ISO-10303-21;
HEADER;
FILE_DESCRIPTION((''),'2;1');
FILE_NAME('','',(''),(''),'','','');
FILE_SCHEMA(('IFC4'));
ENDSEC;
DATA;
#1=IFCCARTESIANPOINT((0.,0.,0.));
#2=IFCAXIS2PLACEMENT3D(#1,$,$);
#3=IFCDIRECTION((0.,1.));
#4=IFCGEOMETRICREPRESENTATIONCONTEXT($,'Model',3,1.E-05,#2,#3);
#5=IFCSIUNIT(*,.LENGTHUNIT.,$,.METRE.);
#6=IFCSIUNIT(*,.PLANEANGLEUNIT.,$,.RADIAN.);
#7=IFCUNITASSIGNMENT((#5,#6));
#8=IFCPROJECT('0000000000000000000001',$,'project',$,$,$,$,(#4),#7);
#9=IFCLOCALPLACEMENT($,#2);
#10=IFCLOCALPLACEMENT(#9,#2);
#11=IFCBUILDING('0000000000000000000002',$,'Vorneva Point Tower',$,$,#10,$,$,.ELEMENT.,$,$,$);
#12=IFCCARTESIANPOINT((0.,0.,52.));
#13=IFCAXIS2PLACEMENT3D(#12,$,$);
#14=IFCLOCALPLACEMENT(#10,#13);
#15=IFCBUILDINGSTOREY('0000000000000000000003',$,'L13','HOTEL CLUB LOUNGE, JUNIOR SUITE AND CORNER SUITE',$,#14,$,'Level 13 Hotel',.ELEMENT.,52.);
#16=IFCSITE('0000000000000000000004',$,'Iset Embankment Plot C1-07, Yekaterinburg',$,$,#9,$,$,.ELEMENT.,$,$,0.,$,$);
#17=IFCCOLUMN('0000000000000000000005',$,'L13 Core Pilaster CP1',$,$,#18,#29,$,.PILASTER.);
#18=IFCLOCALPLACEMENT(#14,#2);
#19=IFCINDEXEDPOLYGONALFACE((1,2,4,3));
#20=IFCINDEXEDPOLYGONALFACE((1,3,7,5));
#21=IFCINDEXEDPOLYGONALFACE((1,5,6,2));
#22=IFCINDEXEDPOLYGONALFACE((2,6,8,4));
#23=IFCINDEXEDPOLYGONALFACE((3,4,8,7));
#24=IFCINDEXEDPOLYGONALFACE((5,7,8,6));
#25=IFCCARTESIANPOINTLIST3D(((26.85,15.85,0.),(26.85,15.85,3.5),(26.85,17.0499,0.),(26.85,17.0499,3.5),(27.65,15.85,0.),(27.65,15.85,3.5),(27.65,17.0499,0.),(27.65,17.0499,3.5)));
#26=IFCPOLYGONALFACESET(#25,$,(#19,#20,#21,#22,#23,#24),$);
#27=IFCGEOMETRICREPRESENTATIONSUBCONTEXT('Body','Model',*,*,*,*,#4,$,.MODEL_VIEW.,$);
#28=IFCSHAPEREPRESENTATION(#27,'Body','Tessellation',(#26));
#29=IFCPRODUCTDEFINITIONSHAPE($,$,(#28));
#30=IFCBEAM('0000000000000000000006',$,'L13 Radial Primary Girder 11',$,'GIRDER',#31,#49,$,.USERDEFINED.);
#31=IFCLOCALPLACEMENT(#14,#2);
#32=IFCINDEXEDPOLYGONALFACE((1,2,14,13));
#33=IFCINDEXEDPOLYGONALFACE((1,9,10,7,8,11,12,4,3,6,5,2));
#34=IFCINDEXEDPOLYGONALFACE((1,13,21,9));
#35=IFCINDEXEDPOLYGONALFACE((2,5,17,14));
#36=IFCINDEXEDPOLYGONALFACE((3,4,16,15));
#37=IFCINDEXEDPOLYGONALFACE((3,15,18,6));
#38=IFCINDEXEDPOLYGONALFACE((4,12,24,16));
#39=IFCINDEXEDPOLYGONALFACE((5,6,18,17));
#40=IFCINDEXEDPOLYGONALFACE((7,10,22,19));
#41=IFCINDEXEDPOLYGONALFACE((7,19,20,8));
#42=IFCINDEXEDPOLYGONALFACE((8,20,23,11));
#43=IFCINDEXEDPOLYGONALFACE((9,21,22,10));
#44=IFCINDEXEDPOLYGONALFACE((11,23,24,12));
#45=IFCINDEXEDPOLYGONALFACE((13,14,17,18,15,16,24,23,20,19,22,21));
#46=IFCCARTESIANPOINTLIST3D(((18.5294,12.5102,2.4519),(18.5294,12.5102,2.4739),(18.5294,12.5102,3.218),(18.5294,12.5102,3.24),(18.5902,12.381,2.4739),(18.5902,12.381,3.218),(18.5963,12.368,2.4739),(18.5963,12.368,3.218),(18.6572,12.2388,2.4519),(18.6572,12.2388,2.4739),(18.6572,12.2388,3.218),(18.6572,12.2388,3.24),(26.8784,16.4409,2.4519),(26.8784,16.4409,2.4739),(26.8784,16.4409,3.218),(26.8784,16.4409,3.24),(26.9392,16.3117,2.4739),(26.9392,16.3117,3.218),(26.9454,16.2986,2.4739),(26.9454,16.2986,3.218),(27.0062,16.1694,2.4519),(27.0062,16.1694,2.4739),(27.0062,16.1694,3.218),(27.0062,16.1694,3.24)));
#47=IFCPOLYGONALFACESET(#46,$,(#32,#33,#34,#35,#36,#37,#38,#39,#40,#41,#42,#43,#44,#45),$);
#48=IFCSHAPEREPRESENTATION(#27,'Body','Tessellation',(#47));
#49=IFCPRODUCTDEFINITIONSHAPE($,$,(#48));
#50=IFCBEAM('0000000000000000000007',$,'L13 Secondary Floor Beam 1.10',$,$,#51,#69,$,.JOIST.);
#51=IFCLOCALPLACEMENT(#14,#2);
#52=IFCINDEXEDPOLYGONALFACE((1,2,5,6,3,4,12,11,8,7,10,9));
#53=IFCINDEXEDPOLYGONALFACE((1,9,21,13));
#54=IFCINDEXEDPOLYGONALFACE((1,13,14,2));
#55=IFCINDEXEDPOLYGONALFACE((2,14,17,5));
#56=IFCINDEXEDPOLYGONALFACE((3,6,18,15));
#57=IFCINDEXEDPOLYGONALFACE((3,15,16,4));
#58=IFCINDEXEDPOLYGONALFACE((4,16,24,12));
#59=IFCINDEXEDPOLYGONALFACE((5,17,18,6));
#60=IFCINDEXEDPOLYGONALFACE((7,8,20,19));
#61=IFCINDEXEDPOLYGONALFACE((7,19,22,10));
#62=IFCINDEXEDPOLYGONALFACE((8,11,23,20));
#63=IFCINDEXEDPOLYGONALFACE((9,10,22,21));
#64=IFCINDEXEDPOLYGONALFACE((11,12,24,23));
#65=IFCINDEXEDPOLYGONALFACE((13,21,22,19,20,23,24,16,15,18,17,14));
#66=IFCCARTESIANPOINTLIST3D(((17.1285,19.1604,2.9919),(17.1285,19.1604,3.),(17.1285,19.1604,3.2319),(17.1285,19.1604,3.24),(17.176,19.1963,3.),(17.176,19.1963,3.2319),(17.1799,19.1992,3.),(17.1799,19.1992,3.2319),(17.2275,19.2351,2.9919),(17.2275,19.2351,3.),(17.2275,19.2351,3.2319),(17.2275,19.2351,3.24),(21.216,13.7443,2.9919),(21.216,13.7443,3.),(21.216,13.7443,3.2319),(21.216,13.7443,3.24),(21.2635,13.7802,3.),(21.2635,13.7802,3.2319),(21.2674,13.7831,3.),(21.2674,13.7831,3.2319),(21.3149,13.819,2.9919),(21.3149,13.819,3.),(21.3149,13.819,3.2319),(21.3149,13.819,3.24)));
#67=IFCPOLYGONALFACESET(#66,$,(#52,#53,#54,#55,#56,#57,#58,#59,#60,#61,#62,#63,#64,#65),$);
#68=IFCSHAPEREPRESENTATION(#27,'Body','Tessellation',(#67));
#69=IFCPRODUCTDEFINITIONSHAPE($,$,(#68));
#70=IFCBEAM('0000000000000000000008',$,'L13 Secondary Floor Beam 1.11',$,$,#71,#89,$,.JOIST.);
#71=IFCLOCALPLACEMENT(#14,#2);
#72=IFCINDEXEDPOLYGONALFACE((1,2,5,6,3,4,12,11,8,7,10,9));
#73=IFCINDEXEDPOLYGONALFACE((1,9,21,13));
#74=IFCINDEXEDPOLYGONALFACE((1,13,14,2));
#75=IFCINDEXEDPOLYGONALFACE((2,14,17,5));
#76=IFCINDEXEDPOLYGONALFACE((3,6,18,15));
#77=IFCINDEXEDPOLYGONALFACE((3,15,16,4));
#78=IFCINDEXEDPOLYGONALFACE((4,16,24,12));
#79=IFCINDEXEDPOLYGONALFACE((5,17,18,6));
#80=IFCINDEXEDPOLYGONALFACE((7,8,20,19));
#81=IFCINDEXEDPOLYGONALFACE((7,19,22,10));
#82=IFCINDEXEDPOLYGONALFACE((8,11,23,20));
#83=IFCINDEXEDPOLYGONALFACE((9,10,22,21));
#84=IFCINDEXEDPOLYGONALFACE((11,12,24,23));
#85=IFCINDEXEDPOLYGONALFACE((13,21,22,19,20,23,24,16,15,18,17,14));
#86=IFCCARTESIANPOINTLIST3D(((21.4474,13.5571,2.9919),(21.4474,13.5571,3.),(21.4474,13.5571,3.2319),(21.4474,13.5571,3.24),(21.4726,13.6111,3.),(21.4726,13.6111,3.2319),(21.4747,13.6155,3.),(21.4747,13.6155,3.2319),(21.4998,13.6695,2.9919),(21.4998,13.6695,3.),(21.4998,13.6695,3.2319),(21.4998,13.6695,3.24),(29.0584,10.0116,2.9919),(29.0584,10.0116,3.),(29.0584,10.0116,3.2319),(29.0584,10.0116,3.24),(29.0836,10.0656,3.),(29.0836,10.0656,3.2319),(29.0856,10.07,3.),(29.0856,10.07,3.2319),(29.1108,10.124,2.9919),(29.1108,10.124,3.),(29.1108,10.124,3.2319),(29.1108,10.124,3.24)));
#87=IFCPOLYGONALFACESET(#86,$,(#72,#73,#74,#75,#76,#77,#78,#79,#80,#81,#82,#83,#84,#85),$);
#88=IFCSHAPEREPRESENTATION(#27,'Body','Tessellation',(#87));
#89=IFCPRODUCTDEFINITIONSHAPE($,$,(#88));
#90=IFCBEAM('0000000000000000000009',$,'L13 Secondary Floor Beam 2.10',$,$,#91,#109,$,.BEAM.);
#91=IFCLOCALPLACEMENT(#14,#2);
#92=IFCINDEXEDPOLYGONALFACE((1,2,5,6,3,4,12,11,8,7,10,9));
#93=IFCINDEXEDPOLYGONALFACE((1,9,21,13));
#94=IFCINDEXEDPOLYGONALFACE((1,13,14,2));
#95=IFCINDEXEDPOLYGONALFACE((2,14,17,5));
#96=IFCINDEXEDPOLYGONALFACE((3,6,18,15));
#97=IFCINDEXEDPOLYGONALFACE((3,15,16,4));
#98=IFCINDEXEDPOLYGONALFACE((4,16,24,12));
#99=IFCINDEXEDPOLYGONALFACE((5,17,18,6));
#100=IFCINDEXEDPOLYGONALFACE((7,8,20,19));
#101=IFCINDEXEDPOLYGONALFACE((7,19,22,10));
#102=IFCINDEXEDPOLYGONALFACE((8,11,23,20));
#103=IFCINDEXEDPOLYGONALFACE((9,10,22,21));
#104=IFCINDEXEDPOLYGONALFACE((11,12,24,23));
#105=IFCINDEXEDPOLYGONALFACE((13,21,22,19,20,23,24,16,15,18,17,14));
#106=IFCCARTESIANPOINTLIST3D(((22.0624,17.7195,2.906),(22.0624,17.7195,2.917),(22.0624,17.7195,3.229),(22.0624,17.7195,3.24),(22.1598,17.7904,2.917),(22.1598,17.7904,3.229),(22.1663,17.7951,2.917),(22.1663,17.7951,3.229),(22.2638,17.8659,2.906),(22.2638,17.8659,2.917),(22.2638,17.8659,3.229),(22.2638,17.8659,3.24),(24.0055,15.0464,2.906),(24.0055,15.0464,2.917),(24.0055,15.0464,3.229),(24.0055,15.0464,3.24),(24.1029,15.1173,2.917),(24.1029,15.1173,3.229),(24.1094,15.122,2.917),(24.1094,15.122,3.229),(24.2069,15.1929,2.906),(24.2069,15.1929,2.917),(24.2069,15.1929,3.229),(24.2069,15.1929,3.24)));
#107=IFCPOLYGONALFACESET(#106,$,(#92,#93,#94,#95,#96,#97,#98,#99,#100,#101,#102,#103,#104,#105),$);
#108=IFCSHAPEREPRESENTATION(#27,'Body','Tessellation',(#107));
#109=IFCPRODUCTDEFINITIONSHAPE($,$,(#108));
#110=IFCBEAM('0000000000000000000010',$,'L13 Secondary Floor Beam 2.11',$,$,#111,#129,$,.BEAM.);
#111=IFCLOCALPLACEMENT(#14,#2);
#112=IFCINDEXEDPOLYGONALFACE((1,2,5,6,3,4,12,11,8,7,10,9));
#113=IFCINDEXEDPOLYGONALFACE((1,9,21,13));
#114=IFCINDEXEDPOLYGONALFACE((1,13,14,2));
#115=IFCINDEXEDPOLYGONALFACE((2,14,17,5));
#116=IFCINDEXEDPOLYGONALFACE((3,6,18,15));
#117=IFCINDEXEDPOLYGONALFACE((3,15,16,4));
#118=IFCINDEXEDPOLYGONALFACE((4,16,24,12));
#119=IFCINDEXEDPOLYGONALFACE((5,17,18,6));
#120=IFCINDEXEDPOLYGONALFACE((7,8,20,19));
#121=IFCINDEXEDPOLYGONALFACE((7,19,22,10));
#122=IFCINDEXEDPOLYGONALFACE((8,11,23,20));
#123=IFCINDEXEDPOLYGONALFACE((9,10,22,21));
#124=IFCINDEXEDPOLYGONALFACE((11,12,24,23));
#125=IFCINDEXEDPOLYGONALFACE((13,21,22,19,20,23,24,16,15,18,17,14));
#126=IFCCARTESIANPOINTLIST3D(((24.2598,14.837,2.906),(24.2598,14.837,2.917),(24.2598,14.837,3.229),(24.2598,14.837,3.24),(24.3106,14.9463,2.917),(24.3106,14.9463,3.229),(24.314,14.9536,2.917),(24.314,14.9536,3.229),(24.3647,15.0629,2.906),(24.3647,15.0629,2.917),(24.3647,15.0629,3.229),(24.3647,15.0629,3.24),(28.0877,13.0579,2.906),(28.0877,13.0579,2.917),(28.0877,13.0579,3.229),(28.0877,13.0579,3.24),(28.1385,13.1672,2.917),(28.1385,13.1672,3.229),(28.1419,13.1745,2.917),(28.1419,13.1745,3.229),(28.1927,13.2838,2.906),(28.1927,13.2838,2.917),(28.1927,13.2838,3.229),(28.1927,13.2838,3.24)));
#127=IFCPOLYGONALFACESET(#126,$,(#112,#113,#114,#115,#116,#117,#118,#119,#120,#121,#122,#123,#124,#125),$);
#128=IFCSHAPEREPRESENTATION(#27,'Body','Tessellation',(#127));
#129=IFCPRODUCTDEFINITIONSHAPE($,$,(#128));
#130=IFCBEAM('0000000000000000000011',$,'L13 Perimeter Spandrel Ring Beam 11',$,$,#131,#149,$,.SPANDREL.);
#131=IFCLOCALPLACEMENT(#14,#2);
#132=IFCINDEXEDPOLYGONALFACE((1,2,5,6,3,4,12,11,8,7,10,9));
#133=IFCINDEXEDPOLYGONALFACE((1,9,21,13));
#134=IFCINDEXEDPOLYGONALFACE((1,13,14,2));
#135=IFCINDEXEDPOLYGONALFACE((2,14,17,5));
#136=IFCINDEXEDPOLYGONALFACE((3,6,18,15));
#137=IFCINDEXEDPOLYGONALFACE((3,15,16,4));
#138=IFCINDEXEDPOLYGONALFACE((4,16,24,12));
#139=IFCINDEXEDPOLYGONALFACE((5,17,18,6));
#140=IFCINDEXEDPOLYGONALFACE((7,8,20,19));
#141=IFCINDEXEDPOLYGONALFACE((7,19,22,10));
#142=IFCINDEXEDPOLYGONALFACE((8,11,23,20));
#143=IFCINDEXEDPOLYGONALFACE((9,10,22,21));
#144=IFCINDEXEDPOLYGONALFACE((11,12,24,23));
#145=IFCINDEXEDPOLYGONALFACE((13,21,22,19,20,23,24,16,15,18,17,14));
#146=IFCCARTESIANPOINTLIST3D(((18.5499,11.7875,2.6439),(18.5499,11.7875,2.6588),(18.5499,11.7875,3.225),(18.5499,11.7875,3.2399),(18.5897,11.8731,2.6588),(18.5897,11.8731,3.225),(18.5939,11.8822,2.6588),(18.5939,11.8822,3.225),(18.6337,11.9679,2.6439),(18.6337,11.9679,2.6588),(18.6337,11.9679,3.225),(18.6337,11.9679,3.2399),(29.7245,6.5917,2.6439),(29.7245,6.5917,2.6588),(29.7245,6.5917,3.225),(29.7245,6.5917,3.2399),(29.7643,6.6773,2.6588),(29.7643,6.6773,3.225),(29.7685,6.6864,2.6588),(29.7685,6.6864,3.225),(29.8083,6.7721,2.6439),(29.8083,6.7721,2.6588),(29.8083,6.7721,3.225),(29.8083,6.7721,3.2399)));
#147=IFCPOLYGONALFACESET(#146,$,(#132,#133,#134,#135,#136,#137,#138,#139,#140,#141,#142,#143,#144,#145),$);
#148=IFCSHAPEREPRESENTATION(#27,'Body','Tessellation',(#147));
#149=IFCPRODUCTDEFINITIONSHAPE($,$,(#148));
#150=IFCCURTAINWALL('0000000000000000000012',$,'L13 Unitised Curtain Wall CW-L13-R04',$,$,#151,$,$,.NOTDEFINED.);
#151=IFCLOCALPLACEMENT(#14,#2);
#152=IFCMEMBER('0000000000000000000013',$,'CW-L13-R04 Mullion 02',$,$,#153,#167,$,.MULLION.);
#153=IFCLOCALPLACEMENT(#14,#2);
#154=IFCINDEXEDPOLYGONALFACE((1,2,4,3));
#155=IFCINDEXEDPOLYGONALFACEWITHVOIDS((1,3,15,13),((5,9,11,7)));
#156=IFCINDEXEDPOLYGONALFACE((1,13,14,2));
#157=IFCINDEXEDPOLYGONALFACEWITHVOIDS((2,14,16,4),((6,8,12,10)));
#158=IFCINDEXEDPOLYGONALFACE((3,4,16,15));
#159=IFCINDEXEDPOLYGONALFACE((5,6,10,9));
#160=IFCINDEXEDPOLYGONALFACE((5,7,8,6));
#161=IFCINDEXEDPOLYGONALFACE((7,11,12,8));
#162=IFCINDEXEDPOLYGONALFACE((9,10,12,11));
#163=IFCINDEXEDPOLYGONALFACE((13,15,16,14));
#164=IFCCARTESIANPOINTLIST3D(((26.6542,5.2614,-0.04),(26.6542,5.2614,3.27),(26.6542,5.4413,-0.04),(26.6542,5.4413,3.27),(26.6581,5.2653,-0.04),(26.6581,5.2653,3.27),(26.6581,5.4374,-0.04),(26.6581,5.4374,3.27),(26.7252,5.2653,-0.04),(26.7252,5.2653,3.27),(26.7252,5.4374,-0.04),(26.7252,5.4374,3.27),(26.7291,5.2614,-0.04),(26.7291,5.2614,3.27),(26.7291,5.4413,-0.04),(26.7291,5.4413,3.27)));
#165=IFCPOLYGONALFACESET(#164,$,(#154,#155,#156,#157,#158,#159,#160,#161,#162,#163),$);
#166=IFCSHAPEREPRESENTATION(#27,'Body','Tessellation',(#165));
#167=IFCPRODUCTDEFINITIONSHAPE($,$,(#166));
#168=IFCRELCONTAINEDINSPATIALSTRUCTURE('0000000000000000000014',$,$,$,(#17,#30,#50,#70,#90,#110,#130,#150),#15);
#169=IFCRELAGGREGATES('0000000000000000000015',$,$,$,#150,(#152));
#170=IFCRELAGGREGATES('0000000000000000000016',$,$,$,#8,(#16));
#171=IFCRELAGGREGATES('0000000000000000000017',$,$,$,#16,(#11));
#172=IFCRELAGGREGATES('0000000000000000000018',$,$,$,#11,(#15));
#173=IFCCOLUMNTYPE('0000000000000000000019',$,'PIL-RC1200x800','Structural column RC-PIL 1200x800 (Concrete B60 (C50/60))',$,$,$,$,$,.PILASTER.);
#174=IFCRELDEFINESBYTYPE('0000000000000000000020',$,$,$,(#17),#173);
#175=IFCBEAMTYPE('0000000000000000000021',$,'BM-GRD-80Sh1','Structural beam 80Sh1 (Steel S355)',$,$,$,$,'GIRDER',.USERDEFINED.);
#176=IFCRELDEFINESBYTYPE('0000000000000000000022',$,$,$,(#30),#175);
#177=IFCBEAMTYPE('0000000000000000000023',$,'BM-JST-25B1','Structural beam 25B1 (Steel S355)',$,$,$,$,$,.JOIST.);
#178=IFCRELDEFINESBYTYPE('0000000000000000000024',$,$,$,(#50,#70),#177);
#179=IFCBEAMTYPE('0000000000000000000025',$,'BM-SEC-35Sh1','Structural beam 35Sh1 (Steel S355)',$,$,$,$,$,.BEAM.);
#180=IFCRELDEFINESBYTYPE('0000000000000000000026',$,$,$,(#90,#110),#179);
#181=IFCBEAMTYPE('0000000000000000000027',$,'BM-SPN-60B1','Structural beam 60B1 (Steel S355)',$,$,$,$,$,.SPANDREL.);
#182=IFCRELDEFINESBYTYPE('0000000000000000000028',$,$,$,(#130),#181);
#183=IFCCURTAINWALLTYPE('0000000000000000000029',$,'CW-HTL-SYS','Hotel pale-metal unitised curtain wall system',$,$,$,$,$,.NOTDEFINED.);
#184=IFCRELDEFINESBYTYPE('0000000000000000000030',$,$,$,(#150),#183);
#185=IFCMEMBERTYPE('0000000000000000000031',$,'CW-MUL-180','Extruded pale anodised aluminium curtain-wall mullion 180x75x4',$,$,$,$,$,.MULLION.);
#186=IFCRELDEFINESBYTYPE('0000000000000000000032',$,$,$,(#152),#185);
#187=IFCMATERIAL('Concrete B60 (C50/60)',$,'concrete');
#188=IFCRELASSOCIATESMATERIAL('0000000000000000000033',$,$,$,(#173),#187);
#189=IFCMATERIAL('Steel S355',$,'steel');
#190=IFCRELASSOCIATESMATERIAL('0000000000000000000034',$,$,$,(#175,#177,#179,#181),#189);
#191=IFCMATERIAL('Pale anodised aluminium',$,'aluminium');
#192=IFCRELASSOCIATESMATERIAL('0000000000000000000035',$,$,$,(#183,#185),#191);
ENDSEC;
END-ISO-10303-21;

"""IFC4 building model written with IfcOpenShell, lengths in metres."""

from ifc_helpers import new_model, si_unit, direction, frame, origin, origin_2d, place, context, subcontext, project, spatial, rectangle, hollow_rectangle, i_section, extrude, material, material_profile, profile_set, type_object, element, aggregate, save


model = new_model("IFC4")

# Units and contexts
model_context = context("Model", 3, precision=1e-05, world=origin(), true_north=direction((0.0, 1.0)))
body_context = subcontext(model_context, "Body", "Model", "MODEL_VIEW")
ifc_project = project(units=[si_unit("LENGTHUNIT", "METRE"), si_unit("PLANEANGLEUNIT", "RADIAN")], contexts=[model_context])

# Site, building, storey
site_placement = place(None, origin())
site = spatial("IfcSite", under=ifc_project, at=site_placement, Name="Iset Embankment Plot C1-07, Yekaterinburg", CompositionType="ELEMENT", RefElevation=0.0)
building_placement = place(site_placement, origin())
building = spatial("IfcBuilding", under=site, at=building_placement, Name="Vorneva Point Tower", CompositionType="ELEMENT")
storey_placement = place(building_placement, frame((0.0, 0.0, 52.0)))
storey = spatial("IfcBuildingStorey", under=building, at=storey_placement, Name="L13", Description="HOTEL CLUB LOUNGE, JUNIOR SUITE AND CORNER SUITE", LongName="Level 13 Hotel", CompositionType="ELEMENT", Elevation=52.0)

# Column
ifc_material_1 = material(Name="Concrete B60 (C50/60)", Category="concrete")
ifc_material_profile_1 = material_profile(ifc_material_1, rectangle(XDim=0.8, YDim=1.2, at=origin_2d()), Name="RC-PIL 1200x800")
ifc_profile_set_1 = profile_set([ifc_material_profile_1], Name="Concrete B60 (C50/60)")
column_type_1 = type_object("IfcColumnType", Name="PIL-RC1200x800", Description="Structural column RC-PIL 1200x800 (Concrete B60 (C50/60))", PredefinedType="PILASTER", material=ifc_profile_set_1)
column_placement = place(storey_placement, frame((27.25, 16.45, 0.0), z_axis=(0.0, 0.0, 1.0), x_axis=(1.0, 0.0, 0.0)))
element("IfcColumn", 1, at=column_placement, inside=storey, type_object=column_type_1, Name="L13 Core Pilaster CP1", PredefinedType="PILASTER", context=body_context, shape_type="SweptSolid", body=[
    extrude(rectangle(XDim=0.8, YDim=1.2, at=origin_2d()), origin(), (0.0, 0.0, 1.0), 3.5),
])

# Beams
ifc_material_2 = material(Name="Steel S355", Category="steel")
ifc_material_profile_2 = material_profile(ifc_material_2, i_section(OverallWidth=0.3, OverallDepth=0.7881, WebThickness=0.0144, FlangeThickness=0.022, at=origin_2d()), Name="80Sh1")
ifc_profile_set_2 = profile_set([ifc_material_profile_2], Name="Steel S355")
beam_type_1 = type_object("IfcBeamType", Name="BM-GRD-80Sh1", Description="Structural beam 80Sh1 (Steel S355)", ElementType="GIRDER", PredefinedType="USERDEFINED", material=ifc_profile_set_2)
beam_1_placement = place(storey_placement, frame((18.5933, 12.3745, 2.8459), z_axis=(0.904749, 0.425945, 0.0), x_axis=(-0.425945, 0.904749, 0.0)))
element("IfcBeam", 2, at=beam_1_placement, inside=storey, type_object=beam_type_1, Name="L13 Radial Primary Girder 11", ObjectType="GIRDER", PredefinedType="USERDEFINED", context=body_context, shape_type="SweptSolid", body=[
    extrude(i_section(OverallWidth=0.3, OverallDepth=0.7881, WebThickness=0.0144, FlangeThickness=0.022, at=origin_2d()), origin(), (0.0, 0.0, 1.0), 9.228),
])
ifc_material_profile_3 = material_profile(ifc_material_2, i_section(OverallWidth=0.124, OverallDepth=0.248, WebThickness=0.0049, FlangeThickness=0.0081, at=origin_2d()), Name="25B1")
ifc_profile_set_3 = profile_set([ifc_material_profile_3], Name="Steel S355")
beam_type_2 = type_object("IfcBeamType", Name="BM-JST-25B1", Description="Structural beam 25B1 (Steel S355)", PredefinedType="JOIST", material=ifc_profile_set_3)
beam_2_placement = place(storey_placement, frame((17.178, 19.1978, 3.116), z_axis=(0.602392, -0.7982, 0.0), x_axis=(0.7982, 0.602392, 0.0)))
element("IfcBeam", 3, at=beam_2_placement, inside=storey, type_object=beam_type_2, Name="L13 Secondary Floor Beam 1.10", PredefinedType="JOIST", context=body_context, shape_type="SweptSolid", body=[
    extrude(i_section(OverallWidth=0.124, OverallDepth=0.248, WebThickness=0.0049, FlangeThickness=0.0081, at=origin_2d()), origin(), (0.0, 0.0, 1.0), 6.7854),
])
beam_3_placement = place(storey_placement, frame((21.4736, 13.6133, 3.116), z_axis=(0.906471, -0.422268, 0.0), x_axis=(0.422268, 0.906471, 0.0)))
element("IfcBeam", 4, at=beam_3_placement, inside=storey, type_object=beam_type_2, Name="L13 Secondary Floor Beam 1.11", PredefinedType="JOIST", context=body_context, shape_type="SweptSolid", body=[
    extrude(i_section(OverallWidth=0.124, OverallDepth=0.248, WebThickness=0.0049, FlangeThickness=0.0081, at=origin_2d()), origin(), (0.0, 0.0, 1.0), 8.3962),
])
ifc_material_profile_4 = material_profile(ifc_material_2, i_section(OverallWidth=0.249, OverallDepth=0.334, WebThickness=0.0081, FlangeThickness=0.011, at=origin_2d()), Name="35Sh1")
ifc_profile_set_4 = profile_set([ifc_material_profile_4], Name="Steel S355")
beam_type_3 = type_object("IfcBeamType", Name="BM-SEC-35Sh1", Description="Structural beam 35Sh1 (Steel S355)", PredefinedType="BEAM", material=ifc_profile_set_4)
beam_4_placement = place(storey_placement, frame((22.1631, 17.7927, 3.073), z_axis=(0.587983, -0.808873, 0.0), x_axis=(0.808873, 0.587983, 0.0)))
element("IfcBeam", 5, at=beam_4_placement, inside=storey, type_object=beam_type_3, Name="L13 Secondary Floor Beam 2.10", PredefinedType="BEAM", context=body_context, shape_type="SweptSolid", body=[
    extrude(i_section(OverallWidth=0.249, OverallDepth=0.334, WebThickness=0.0081, FlangeThickness=0.011, at=origin_2d()), origin(), (0.0, 0.0, 1.0), 3.3047),
])
beam_5_placement = place(storey_placement, frame((24.3123, 14.95, 3.073), z_axis=(0.906844, -0.421466, 0.0), x_axis=(0.421466, 0.906844, 0.0)))
element("IfcBeam", 6, at=beam_5_placement, inside=storey, type_object=beam_type_3, Name="L13 Secondary Floor Beam 2.11", PredefinedType="BEAM", context=body_context, shape_type="SweptSolid", body=[
    extrude(i_section(OverallWidth=0.249, OverallDepth=0.334, WebThickness=0.0081, FlangeThickness=0.011, at=origin_2d()), origin(), (0.0, 0.0, 1.0), 4.2212),
])
ifc_material_profile_5 = material_profile(ifc_material_2, i_section(OverallWidth=0.199, OverallDepth=0.5959, WebThickness=0.01, FlangeThickness=0.0149, at=origin_2d()), Name="60B1")
ifc_profile_set_5 = profile_set([ifc_material_profile_5], Name="Steel S355")
beam_type_4 = type_object("IfcBeamType", Name="BM-SPN-60B1", Description="Structural beam 60B1 (Steel S355)", PredefinedType="SPANDREL", material=ifc_profile_set_5)
beam_6_placement = place(storey_placement, frame((18.5918, 11.8777, 2.9419), z_axis=(0.906773, -0.421619, 0.0), x_axis=(0.421619, 0.906773, 0.0)))
element("IfcBeam", 7, at=beam_6_placement, inside=storey, type_object=beam_type_4, Name="L13 Perimeter Spandrel Ring Beam 11", PredefinedType="SPANDREL", context=body_context, shape_type="SweptSolid", body=[
    extrude(i_section(OverallWidth=0.199, OverallDepth=0.5959, WebThickness=0.01, FlangeThickness=0.0149, at=origin_2d()), origin(), (0.0, 0.0, 1.0), 12.3235),
])

# Curtain wall, member
ifc_material_3 = material(Name="Pale anodised aluminium", Category="aluminium")
curtain_wall_type = type_object("IfcCurtainWallType", Name="CW-HTL-SYS", Description="Hotel pale-metal unitised curtain wall system", PredefinedType="NOTDEFINED", material=ifc_material_3)
curtain_wall_placement = place(storey_placement, origin())
curtain_wall = element("IfcCurtainWall", 8, at=curtain_wall_placement, inside=storey, type_object=curtain_wall_type, Name="L13 Unitised Curtain Wall CW-L13-R04", PredefinedType="NOTDEFINED")
ifc_material_profile_6 = material_profile(ifc_material_3, hollow_rectangle(XDim=0.075, YDim=0.1799, WallThickness=0.0039, at=origin_2d()), Name="AL-MUL 180x75x4")
ifc_profile_set_6 = profile_set([ifc_material_profile_6], Name="Pale anodised aluminium")
member_type_1 = type_object("IfcMemberType", Name="CW-MUL-180", Description="Extruded pale anodised aluminium curtain-wall mullion 180x75x4", PredefinedType="MULLION", material=ifc_profile_set_6)
member_1_placement = place(storey_placement, frame((26.6917, 5.3513, -0.04), z_axis=(0.0, 0.0, 1.0), x_axis=(1.0, 0.0, 0.0)))
member_1 = element("IfcMember", 9, at=member_1_placement, type_object=member_type_1, Name="CW-L13-R04 Mullion 02", PredefinedType="MULLION", context=body_context, shape_type="SweptSolid", body=[
    extrude(hollow_rectangle(XDim=0.075, YDim=0.1799, WallThickness=0.0039, at=origin_2d()), origin(), (0.0, 0.0, 1.0), 3.3101),
])
aggregate(curtain_wall, [member_1])

save(model, "model.ifc")
